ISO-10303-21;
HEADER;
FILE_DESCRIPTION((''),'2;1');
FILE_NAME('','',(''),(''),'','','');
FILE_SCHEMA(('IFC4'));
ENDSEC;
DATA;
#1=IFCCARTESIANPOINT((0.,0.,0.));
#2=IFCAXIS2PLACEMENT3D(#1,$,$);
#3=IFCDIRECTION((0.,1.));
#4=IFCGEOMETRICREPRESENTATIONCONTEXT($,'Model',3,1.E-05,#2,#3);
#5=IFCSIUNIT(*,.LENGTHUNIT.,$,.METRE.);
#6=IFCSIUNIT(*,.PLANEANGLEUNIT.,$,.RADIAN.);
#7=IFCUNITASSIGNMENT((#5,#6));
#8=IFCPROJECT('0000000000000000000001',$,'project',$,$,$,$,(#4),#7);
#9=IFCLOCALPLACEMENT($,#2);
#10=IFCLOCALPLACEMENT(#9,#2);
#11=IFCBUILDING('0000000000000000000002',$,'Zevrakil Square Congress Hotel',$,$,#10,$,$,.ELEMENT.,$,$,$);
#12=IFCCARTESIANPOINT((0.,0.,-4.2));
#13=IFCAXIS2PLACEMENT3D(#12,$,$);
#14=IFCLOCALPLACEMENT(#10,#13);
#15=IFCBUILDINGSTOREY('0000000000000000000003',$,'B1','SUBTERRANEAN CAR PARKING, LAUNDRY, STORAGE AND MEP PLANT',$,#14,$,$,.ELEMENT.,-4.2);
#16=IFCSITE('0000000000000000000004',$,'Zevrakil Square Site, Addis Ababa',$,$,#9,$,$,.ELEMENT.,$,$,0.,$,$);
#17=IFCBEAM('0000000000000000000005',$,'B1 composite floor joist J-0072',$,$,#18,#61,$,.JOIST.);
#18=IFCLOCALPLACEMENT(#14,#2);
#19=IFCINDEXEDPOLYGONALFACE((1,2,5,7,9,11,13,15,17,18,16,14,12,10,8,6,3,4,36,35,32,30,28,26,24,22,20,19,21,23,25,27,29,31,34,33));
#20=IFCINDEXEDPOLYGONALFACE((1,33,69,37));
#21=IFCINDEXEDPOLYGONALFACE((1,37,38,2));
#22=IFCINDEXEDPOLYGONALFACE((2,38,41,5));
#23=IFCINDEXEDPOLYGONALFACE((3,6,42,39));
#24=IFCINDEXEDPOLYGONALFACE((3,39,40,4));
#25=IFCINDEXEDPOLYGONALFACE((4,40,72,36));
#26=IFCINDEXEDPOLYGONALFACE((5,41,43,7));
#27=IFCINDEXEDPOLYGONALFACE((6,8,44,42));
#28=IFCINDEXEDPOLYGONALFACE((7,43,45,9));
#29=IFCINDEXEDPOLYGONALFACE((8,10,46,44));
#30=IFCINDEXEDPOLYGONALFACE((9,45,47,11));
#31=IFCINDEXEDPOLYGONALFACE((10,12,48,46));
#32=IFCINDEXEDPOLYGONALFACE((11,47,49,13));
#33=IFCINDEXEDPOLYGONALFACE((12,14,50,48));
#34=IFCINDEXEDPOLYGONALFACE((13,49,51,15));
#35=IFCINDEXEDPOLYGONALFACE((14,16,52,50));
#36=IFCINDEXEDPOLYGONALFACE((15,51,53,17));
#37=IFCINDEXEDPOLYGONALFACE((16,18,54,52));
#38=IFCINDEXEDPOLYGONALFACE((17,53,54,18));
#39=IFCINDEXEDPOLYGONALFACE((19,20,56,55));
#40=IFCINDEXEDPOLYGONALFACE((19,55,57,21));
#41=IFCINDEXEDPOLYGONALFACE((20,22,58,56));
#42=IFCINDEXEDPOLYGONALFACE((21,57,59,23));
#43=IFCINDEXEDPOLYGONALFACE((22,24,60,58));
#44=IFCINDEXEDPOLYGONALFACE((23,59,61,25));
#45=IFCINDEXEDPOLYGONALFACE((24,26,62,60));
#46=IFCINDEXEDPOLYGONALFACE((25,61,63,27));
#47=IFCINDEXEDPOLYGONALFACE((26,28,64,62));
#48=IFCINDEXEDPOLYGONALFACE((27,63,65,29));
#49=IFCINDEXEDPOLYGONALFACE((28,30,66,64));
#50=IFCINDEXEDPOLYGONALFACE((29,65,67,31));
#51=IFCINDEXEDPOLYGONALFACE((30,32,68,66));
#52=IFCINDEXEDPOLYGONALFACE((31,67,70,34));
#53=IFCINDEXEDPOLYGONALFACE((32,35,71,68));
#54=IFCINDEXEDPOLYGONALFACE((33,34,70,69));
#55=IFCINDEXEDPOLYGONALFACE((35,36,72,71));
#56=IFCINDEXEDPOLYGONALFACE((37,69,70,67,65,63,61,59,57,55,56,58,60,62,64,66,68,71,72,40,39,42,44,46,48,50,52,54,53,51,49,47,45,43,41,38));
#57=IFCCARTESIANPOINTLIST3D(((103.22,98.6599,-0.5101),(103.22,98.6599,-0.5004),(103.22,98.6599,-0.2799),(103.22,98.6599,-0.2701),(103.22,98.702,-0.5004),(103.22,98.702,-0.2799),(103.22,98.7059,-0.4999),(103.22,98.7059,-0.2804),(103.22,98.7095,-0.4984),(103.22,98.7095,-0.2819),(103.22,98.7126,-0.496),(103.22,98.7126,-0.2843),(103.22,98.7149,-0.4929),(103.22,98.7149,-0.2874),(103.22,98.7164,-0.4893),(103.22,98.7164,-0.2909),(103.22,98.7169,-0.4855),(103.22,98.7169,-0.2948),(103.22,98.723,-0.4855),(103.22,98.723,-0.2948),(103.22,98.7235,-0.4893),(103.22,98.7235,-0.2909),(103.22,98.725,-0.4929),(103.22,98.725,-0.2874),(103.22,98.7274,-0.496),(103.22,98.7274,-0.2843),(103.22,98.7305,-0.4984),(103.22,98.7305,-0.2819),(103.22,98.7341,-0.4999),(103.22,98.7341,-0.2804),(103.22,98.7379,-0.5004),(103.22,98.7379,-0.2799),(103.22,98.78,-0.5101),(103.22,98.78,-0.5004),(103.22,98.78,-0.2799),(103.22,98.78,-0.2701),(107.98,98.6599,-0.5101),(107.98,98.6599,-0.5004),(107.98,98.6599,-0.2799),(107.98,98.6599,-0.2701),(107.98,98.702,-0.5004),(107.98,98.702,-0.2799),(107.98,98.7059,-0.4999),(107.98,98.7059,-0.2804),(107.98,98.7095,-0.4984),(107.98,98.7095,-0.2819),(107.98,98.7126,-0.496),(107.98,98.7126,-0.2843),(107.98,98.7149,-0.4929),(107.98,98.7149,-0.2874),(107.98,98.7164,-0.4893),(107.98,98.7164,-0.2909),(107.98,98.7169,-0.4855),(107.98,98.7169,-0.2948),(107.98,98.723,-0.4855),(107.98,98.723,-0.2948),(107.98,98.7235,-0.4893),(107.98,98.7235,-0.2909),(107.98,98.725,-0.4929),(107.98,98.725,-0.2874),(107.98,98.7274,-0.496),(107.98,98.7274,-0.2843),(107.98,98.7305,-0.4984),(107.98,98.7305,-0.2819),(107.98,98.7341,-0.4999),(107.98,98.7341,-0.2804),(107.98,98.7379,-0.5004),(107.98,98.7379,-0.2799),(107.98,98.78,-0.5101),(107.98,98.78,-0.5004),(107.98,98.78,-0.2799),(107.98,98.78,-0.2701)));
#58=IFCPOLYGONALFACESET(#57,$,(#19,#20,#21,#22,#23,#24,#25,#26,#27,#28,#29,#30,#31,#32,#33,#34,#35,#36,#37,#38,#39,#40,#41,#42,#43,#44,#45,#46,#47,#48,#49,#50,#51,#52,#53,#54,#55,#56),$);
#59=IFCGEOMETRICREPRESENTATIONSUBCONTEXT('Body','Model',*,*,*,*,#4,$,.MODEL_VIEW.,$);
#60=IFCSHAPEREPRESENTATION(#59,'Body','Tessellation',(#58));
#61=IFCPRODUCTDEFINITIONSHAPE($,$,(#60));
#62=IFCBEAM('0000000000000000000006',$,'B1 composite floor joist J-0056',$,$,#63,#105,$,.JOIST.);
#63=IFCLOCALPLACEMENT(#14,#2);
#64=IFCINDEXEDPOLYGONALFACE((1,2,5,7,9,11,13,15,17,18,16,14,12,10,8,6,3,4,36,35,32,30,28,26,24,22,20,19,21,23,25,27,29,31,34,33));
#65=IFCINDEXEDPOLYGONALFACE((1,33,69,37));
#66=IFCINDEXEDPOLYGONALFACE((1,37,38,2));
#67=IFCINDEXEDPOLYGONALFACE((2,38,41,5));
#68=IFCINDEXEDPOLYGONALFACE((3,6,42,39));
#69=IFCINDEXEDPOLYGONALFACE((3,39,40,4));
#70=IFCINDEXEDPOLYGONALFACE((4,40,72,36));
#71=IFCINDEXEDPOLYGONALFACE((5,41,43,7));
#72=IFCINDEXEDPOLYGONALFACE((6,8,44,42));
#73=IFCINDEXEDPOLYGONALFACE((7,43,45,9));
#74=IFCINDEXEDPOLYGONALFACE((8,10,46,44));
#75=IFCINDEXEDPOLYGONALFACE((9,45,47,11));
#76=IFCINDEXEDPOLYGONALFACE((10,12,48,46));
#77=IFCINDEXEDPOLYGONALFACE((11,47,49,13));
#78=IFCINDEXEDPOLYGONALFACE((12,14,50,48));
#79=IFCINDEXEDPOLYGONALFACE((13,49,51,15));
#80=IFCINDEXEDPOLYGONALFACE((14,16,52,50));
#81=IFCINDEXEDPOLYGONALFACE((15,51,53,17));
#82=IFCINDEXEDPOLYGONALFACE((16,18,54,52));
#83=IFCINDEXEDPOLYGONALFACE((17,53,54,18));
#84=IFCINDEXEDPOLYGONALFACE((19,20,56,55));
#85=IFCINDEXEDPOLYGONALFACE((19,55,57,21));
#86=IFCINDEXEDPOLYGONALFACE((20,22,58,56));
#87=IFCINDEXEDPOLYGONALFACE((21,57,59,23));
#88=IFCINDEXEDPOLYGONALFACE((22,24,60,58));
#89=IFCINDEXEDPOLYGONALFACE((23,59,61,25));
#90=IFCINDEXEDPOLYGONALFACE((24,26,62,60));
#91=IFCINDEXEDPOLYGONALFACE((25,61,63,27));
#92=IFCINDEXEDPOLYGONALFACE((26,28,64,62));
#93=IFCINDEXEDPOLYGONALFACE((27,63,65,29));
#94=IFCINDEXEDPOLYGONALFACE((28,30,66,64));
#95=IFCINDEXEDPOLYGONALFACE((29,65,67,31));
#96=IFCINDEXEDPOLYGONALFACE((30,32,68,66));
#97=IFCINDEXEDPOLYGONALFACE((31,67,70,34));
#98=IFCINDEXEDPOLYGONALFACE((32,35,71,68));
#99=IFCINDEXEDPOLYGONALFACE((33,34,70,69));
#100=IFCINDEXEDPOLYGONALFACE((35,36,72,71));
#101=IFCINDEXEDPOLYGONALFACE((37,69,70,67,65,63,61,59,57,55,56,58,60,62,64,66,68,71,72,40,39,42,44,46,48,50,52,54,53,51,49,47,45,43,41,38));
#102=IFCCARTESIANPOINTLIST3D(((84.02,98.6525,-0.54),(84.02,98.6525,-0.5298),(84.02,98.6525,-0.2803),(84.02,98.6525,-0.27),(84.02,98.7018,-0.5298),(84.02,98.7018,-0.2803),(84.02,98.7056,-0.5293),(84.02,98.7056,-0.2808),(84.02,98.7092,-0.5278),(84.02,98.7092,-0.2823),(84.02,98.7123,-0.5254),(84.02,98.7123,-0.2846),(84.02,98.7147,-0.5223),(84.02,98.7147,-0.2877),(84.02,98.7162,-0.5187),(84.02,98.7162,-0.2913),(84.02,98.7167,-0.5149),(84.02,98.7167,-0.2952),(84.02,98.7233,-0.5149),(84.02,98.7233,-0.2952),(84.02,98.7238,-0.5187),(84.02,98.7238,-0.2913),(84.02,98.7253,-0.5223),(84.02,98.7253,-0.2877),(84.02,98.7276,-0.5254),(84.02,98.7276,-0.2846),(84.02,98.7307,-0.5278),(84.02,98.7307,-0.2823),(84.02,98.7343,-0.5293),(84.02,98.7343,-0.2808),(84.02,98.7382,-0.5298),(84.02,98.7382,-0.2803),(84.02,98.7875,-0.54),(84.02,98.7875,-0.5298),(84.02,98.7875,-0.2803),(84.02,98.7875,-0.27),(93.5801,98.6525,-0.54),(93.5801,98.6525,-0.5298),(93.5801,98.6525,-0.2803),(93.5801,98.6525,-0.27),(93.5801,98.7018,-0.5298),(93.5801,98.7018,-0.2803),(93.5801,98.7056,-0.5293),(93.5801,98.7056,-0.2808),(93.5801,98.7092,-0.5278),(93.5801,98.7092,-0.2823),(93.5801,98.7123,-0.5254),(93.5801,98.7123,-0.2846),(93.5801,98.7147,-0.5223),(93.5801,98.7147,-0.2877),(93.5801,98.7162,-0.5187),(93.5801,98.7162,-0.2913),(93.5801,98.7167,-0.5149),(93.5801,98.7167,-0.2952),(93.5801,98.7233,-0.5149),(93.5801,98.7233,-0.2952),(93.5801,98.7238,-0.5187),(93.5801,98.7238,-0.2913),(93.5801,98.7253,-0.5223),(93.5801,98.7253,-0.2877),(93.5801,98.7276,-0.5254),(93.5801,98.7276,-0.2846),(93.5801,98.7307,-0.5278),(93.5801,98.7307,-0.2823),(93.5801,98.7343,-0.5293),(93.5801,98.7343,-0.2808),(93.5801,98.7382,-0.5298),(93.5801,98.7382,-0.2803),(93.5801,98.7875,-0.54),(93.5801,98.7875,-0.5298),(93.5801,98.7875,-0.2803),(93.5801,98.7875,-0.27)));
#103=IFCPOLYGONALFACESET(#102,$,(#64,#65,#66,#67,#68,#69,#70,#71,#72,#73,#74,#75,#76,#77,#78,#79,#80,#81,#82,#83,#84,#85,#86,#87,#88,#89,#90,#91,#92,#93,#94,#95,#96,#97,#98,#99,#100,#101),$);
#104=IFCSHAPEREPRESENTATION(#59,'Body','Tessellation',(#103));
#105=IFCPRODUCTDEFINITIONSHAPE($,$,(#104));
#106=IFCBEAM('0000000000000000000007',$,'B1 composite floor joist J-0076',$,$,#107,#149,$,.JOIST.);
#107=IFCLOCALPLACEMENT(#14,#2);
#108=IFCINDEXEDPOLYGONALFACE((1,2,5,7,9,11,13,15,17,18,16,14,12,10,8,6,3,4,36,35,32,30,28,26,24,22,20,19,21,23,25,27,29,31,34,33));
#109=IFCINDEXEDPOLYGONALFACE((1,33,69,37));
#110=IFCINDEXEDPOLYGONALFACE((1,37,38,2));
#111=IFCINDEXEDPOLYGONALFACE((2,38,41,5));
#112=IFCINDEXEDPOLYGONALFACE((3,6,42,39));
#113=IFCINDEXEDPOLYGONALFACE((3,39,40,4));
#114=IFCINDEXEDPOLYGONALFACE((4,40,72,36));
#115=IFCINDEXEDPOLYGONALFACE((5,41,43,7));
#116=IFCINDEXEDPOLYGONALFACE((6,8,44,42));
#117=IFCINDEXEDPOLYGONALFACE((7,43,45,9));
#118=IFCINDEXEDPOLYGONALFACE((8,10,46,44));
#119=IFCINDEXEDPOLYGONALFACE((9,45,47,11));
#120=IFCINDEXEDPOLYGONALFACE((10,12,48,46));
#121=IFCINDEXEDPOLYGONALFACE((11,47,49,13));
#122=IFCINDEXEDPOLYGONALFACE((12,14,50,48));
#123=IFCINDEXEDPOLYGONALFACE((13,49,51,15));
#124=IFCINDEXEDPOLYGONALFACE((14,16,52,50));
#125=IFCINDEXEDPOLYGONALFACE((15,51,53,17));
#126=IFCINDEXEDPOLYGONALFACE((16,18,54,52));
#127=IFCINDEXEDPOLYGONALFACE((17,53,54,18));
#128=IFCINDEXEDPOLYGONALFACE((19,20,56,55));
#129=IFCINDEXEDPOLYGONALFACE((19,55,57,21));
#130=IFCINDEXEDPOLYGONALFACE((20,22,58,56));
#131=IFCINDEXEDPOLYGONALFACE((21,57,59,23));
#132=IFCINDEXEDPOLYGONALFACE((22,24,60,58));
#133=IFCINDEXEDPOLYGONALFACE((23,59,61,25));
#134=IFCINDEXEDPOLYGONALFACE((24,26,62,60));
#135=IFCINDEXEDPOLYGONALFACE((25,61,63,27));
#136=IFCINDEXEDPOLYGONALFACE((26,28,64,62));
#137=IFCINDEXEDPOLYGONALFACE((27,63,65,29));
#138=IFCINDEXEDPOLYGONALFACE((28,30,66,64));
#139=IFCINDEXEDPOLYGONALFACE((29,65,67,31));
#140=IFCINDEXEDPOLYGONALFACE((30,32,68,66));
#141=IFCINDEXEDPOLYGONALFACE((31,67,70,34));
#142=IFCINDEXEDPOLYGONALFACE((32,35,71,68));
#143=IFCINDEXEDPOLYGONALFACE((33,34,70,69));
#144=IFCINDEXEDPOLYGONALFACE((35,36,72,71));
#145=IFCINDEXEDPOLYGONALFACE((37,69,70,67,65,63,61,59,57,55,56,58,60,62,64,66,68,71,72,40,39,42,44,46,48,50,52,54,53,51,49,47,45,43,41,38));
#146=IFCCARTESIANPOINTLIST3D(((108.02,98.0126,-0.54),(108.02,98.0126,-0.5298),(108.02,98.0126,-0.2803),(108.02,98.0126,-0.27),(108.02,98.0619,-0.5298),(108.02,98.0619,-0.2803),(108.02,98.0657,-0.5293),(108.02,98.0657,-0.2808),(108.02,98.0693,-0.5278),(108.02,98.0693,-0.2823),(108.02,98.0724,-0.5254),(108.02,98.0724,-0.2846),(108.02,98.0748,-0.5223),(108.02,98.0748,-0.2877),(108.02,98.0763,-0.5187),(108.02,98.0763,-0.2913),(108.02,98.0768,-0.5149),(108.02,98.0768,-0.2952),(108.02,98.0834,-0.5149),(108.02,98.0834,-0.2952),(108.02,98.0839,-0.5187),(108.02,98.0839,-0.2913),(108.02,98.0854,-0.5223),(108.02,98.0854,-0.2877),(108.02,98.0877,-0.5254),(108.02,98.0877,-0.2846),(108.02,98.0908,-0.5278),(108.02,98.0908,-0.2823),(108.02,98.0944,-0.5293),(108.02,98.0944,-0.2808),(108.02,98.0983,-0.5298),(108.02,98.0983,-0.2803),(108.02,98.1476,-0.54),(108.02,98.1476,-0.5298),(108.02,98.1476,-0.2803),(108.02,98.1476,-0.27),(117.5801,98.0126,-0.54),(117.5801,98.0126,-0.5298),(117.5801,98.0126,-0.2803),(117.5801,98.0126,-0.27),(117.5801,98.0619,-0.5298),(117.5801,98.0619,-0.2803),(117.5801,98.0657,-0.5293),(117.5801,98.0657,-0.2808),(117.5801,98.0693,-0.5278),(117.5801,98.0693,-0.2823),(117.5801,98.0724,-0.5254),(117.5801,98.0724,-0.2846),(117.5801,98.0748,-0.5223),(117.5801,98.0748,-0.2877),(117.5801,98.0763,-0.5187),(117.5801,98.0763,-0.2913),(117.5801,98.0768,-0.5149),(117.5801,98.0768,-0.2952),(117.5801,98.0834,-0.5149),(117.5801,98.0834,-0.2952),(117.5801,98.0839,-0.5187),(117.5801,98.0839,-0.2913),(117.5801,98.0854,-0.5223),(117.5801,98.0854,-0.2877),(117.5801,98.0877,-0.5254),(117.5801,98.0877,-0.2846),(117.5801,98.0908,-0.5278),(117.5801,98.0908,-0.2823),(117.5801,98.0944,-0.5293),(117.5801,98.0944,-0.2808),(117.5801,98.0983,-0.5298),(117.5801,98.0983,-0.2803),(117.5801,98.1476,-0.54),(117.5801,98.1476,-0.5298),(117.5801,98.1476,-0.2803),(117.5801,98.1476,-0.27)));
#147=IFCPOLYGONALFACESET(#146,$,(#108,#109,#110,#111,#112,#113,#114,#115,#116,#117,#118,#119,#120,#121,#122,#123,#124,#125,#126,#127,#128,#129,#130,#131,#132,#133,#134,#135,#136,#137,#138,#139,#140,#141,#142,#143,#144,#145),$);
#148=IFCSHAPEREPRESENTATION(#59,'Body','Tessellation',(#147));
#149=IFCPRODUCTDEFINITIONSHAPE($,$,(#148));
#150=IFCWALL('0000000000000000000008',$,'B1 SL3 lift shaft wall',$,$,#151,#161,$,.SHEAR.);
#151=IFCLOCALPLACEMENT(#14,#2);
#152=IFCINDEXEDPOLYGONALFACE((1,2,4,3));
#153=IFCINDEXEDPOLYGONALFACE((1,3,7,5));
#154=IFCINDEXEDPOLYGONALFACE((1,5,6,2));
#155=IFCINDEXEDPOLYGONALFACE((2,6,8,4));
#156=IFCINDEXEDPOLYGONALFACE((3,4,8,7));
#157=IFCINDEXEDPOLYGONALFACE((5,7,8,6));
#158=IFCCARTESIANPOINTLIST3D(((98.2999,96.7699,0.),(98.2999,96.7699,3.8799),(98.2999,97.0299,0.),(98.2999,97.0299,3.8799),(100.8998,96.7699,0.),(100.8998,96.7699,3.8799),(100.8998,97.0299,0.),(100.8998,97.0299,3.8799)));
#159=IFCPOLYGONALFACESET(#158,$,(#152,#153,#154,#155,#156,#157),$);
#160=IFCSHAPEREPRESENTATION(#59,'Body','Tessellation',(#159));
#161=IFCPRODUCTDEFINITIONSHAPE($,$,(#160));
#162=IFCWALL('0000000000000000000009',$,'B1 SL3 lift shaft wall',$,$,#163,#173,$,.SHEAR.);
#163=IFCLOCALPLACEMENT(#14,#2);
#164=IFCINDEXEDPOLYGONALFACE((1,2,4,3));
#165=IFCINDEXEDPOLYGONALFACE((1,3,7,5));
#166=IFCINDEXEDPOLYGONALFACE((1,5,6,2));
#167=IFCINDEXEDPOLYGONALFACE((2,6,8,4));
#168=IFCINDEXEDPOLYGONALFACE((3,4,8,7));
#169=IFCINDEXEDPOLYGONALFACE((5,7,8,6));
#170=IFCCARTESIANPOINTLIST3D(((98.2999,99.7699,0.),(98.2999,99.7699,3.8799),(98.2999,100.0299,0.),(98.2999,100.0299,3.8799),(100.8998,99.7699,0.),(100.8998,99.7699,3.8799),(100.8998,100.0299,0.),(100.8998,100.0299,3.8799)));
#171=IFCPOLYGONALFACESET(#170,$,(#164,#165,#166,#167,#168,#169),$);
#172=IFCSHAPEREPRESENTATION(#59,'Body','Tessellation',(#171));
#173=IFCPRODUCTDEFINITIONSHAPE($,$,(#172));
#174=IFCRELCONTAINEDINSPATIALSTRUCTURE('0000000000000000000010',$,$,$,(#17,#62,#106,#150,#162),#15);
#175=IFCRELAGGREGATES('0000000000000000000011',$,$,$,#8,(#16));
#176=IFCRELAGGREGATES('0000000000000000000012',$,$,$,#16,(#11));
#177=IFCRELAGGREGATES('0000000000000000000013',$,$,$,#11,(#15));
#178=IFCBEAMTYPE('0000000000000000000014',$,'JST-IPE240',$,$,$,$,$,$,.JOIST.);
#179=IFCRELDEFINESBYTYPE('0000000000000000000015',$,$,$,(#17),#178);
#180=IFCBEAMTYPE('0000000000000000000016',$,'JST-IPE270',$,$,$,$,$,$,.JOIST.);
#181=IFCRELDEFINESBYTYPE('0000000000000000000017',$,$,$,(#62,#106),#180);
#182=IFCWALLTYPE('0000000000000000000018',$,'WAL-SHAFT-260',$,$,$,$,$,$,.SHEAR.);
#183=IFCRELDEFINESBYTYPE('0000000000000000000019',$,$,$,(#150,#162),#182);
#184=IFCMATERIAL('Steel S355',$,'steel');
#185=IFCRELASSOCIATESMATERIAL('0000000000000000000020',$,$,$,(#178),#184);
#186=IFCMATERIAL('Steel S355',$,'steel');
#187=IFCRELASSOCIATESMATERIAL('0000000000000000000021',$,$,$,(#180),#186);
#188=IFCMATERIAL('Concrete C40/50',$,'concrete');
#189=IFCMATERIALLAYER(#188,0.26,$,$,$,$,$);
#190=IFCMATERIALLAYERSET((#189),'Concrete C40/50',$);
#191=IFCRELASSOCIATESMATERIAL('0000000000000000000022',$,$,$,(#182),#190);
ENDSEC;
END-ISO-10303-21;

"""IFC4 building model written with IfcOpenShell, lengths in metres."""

from ifc_helpers import new_model, si_unit, direction, frame, frame_2d, origin, origin_2d, place, context, subcontext, project, spatial, rectangle, i_section, extrude, material, layer, layer_set, material_profile, profile_set, type_object, element, save


model = new_model("IFC4")

# Units and contexts
model_context = context("Model", 3, precision=1e-05, world=origin(), true_north=direction((0.0, 1.0)))
body_context = subcontext(model_context, "Body", "Model", "MODEL_VIEW")
ifc_project = project(units=[si_unit("LENGTHUNIT", "METRE"), si_unit("PLANEANGLEUNIT", "RADIAN")], contexts=[model_context])

# Site, building, storey
site_placement = place(None, origin())
site = spatial("IfcSite", under=ifc_project, at=site_placement, Name="Zevrakil Square Site, Addis Ababa", CompositionType="ELEMENT", RefElevation=0.0)
building_placement = place(site_placement, origin())
building = spatial("IfcBuilding", under=site, at=building_placement, Name="Zevrakil Square Congress Hotel", CompositionType="ELEMENT")
storey_placement = place(building_placement, frame((0.0, 0.0, -4.2)))
storey = spatial("IfcBuildingStorey", under=building, at=storey_placement, Name="B1", Description="SUBTERRANEAN CAR PARKING, LAUNDRY, STORAGE AND MEP PLANT", CompositionType="ELEMENT", Elevation=-4.2)

# Beams
ifc_material_1 = material(Name="Steel S355", Category="steel")
ifc_material_profile_1 = material_profile(ifc_material_1, i_section(OverallWidth=0.1201, OverallDepth=0.24, WebThickness=0.0061, FlangeThickness=0.0098, FilletRadius=0.0149, at=origin_2d()), Name="IPE 240")
ifc_profile_set_1 = profile_set([ifc_material_profile_1], Name="Steel S355")
beam_type_1 = type_object("IfcBeamType", Name="JST-IPE240", PredefinedType="JOIST", material=ifc_profile_set_1)
beam_1_placement = place(storey_placement, frame((103.22, 98.72, -0.3901), z_axis=(1.0, 0.0, 0.0), x_axis=(0.0, 1.0, 0.0)))
element("IfcBeam", 1, at=beam_1_placement, inside=storey, type_object=beam_type_1, Name="B1 composite floor joist J-0072", PredefinedType="JOIST", context=body_context, shape_type="SweptSolid", body=[
    extrude(i_section(OverallWidth=0.1201, OverallDepth=0.24, WebThickness=0.0061, FlangeThickness=0.0098, FilletRadius=0.0149, at=origin_2d()), origin(), (0.0, 0.0, 1.0), 4.76),
])
ifc_material_2 = material(Name="Steel S355", Category="steel")
ifc_material_profile_2 = material_profile(ifc_material_2, i_section(OverallWidth=0.135, OverallDepth=0.27, WebThickness=0.0066, FlangeThickness=0.0103, FilletRadius=0.0149, at=origin_2d()), Name="IPE 270")
ifc_profile_set_2 = profile_set([ifc_material_profile_2], Name="Steel S355")
beam_type_2 = type_object("IfcBeamType", Name="JST-IPE270", PredefinedType="JOIST", material=ifc_profile_set_2)
for number, where, z_axis, x_axis, name in (
    (2, (84.02, 98.72, -0.405), (1.0, 0.0, 0.0), (0.0, 1.0, 0.0), "B1 composite floor joist J-0056"),
    (3, (108.02, 98.0801, -0.405), (1.0, 0.0, 0.0), (0.0, 1.0, 0.0), "B1 composite floor joist J-0076"),
):
    element("IfcBeam", number, at=place(storey_placement, frame(where, z_axis=z_axis, x_axis=x_axis)), inside=storey, type_object=beam_type_2, Name=name, PredefinedType="JOIST", context=body_context, shape_type="SweptSolid", body=[
        extrude(i_section(OverallWidth=0.135, OverallDepth=0.27, WebThickness=0.0066, FlangeThickness=0.0103, FilletRadius=0.0149, at=origin_2d()), origin(), (0.0, 0.0, 1.0), 9.5601),
    ])

# Walls
ifc_material_3 = material(Name="Concrete C40/50", Category="concrete")
ifc_layer = layer(ifc_material_3, 0.26)
ifc_layer_set = layer_set([ifc_layer], Name="Concrete C40/50")
wall_type = type_object("IfcWallType", Name="WAL-SHAFT-260", PredefinedType="SHEAR", material=ifc_layer_set)
for number, where, z_axis, x_axis, name in (
    (4, (98.3, 96.8999, 0.0), (0.0, 0.0, 1.0), (1.0, 0.0, 0.0), "B1 SL3 lift shaft wall"),
    (5, (98.3, 99.8999, 0.0), (0.0, 0.0, 1.0), (1.0, 0.0, 0.0), "B1 SL3 lift shaft wall"),
):
    element("IfcWall", number, at=place(storey_placement, frame(where, z_axis=z_axis, x_axis=x_axis)), inside=storey, type_object=wall_type, Name=name, PredefinedType="SHEAR", context=body_context, shape_type="SweptSolid", body=[
        extrude(rectangle(XDim=2.5999, YDim=0.26, at=frame_2d((1.2998, 0.0))), origin(), (0.0, 0.0, 1.0), 3.8799),
    ])

save(model, "model.ifc")
